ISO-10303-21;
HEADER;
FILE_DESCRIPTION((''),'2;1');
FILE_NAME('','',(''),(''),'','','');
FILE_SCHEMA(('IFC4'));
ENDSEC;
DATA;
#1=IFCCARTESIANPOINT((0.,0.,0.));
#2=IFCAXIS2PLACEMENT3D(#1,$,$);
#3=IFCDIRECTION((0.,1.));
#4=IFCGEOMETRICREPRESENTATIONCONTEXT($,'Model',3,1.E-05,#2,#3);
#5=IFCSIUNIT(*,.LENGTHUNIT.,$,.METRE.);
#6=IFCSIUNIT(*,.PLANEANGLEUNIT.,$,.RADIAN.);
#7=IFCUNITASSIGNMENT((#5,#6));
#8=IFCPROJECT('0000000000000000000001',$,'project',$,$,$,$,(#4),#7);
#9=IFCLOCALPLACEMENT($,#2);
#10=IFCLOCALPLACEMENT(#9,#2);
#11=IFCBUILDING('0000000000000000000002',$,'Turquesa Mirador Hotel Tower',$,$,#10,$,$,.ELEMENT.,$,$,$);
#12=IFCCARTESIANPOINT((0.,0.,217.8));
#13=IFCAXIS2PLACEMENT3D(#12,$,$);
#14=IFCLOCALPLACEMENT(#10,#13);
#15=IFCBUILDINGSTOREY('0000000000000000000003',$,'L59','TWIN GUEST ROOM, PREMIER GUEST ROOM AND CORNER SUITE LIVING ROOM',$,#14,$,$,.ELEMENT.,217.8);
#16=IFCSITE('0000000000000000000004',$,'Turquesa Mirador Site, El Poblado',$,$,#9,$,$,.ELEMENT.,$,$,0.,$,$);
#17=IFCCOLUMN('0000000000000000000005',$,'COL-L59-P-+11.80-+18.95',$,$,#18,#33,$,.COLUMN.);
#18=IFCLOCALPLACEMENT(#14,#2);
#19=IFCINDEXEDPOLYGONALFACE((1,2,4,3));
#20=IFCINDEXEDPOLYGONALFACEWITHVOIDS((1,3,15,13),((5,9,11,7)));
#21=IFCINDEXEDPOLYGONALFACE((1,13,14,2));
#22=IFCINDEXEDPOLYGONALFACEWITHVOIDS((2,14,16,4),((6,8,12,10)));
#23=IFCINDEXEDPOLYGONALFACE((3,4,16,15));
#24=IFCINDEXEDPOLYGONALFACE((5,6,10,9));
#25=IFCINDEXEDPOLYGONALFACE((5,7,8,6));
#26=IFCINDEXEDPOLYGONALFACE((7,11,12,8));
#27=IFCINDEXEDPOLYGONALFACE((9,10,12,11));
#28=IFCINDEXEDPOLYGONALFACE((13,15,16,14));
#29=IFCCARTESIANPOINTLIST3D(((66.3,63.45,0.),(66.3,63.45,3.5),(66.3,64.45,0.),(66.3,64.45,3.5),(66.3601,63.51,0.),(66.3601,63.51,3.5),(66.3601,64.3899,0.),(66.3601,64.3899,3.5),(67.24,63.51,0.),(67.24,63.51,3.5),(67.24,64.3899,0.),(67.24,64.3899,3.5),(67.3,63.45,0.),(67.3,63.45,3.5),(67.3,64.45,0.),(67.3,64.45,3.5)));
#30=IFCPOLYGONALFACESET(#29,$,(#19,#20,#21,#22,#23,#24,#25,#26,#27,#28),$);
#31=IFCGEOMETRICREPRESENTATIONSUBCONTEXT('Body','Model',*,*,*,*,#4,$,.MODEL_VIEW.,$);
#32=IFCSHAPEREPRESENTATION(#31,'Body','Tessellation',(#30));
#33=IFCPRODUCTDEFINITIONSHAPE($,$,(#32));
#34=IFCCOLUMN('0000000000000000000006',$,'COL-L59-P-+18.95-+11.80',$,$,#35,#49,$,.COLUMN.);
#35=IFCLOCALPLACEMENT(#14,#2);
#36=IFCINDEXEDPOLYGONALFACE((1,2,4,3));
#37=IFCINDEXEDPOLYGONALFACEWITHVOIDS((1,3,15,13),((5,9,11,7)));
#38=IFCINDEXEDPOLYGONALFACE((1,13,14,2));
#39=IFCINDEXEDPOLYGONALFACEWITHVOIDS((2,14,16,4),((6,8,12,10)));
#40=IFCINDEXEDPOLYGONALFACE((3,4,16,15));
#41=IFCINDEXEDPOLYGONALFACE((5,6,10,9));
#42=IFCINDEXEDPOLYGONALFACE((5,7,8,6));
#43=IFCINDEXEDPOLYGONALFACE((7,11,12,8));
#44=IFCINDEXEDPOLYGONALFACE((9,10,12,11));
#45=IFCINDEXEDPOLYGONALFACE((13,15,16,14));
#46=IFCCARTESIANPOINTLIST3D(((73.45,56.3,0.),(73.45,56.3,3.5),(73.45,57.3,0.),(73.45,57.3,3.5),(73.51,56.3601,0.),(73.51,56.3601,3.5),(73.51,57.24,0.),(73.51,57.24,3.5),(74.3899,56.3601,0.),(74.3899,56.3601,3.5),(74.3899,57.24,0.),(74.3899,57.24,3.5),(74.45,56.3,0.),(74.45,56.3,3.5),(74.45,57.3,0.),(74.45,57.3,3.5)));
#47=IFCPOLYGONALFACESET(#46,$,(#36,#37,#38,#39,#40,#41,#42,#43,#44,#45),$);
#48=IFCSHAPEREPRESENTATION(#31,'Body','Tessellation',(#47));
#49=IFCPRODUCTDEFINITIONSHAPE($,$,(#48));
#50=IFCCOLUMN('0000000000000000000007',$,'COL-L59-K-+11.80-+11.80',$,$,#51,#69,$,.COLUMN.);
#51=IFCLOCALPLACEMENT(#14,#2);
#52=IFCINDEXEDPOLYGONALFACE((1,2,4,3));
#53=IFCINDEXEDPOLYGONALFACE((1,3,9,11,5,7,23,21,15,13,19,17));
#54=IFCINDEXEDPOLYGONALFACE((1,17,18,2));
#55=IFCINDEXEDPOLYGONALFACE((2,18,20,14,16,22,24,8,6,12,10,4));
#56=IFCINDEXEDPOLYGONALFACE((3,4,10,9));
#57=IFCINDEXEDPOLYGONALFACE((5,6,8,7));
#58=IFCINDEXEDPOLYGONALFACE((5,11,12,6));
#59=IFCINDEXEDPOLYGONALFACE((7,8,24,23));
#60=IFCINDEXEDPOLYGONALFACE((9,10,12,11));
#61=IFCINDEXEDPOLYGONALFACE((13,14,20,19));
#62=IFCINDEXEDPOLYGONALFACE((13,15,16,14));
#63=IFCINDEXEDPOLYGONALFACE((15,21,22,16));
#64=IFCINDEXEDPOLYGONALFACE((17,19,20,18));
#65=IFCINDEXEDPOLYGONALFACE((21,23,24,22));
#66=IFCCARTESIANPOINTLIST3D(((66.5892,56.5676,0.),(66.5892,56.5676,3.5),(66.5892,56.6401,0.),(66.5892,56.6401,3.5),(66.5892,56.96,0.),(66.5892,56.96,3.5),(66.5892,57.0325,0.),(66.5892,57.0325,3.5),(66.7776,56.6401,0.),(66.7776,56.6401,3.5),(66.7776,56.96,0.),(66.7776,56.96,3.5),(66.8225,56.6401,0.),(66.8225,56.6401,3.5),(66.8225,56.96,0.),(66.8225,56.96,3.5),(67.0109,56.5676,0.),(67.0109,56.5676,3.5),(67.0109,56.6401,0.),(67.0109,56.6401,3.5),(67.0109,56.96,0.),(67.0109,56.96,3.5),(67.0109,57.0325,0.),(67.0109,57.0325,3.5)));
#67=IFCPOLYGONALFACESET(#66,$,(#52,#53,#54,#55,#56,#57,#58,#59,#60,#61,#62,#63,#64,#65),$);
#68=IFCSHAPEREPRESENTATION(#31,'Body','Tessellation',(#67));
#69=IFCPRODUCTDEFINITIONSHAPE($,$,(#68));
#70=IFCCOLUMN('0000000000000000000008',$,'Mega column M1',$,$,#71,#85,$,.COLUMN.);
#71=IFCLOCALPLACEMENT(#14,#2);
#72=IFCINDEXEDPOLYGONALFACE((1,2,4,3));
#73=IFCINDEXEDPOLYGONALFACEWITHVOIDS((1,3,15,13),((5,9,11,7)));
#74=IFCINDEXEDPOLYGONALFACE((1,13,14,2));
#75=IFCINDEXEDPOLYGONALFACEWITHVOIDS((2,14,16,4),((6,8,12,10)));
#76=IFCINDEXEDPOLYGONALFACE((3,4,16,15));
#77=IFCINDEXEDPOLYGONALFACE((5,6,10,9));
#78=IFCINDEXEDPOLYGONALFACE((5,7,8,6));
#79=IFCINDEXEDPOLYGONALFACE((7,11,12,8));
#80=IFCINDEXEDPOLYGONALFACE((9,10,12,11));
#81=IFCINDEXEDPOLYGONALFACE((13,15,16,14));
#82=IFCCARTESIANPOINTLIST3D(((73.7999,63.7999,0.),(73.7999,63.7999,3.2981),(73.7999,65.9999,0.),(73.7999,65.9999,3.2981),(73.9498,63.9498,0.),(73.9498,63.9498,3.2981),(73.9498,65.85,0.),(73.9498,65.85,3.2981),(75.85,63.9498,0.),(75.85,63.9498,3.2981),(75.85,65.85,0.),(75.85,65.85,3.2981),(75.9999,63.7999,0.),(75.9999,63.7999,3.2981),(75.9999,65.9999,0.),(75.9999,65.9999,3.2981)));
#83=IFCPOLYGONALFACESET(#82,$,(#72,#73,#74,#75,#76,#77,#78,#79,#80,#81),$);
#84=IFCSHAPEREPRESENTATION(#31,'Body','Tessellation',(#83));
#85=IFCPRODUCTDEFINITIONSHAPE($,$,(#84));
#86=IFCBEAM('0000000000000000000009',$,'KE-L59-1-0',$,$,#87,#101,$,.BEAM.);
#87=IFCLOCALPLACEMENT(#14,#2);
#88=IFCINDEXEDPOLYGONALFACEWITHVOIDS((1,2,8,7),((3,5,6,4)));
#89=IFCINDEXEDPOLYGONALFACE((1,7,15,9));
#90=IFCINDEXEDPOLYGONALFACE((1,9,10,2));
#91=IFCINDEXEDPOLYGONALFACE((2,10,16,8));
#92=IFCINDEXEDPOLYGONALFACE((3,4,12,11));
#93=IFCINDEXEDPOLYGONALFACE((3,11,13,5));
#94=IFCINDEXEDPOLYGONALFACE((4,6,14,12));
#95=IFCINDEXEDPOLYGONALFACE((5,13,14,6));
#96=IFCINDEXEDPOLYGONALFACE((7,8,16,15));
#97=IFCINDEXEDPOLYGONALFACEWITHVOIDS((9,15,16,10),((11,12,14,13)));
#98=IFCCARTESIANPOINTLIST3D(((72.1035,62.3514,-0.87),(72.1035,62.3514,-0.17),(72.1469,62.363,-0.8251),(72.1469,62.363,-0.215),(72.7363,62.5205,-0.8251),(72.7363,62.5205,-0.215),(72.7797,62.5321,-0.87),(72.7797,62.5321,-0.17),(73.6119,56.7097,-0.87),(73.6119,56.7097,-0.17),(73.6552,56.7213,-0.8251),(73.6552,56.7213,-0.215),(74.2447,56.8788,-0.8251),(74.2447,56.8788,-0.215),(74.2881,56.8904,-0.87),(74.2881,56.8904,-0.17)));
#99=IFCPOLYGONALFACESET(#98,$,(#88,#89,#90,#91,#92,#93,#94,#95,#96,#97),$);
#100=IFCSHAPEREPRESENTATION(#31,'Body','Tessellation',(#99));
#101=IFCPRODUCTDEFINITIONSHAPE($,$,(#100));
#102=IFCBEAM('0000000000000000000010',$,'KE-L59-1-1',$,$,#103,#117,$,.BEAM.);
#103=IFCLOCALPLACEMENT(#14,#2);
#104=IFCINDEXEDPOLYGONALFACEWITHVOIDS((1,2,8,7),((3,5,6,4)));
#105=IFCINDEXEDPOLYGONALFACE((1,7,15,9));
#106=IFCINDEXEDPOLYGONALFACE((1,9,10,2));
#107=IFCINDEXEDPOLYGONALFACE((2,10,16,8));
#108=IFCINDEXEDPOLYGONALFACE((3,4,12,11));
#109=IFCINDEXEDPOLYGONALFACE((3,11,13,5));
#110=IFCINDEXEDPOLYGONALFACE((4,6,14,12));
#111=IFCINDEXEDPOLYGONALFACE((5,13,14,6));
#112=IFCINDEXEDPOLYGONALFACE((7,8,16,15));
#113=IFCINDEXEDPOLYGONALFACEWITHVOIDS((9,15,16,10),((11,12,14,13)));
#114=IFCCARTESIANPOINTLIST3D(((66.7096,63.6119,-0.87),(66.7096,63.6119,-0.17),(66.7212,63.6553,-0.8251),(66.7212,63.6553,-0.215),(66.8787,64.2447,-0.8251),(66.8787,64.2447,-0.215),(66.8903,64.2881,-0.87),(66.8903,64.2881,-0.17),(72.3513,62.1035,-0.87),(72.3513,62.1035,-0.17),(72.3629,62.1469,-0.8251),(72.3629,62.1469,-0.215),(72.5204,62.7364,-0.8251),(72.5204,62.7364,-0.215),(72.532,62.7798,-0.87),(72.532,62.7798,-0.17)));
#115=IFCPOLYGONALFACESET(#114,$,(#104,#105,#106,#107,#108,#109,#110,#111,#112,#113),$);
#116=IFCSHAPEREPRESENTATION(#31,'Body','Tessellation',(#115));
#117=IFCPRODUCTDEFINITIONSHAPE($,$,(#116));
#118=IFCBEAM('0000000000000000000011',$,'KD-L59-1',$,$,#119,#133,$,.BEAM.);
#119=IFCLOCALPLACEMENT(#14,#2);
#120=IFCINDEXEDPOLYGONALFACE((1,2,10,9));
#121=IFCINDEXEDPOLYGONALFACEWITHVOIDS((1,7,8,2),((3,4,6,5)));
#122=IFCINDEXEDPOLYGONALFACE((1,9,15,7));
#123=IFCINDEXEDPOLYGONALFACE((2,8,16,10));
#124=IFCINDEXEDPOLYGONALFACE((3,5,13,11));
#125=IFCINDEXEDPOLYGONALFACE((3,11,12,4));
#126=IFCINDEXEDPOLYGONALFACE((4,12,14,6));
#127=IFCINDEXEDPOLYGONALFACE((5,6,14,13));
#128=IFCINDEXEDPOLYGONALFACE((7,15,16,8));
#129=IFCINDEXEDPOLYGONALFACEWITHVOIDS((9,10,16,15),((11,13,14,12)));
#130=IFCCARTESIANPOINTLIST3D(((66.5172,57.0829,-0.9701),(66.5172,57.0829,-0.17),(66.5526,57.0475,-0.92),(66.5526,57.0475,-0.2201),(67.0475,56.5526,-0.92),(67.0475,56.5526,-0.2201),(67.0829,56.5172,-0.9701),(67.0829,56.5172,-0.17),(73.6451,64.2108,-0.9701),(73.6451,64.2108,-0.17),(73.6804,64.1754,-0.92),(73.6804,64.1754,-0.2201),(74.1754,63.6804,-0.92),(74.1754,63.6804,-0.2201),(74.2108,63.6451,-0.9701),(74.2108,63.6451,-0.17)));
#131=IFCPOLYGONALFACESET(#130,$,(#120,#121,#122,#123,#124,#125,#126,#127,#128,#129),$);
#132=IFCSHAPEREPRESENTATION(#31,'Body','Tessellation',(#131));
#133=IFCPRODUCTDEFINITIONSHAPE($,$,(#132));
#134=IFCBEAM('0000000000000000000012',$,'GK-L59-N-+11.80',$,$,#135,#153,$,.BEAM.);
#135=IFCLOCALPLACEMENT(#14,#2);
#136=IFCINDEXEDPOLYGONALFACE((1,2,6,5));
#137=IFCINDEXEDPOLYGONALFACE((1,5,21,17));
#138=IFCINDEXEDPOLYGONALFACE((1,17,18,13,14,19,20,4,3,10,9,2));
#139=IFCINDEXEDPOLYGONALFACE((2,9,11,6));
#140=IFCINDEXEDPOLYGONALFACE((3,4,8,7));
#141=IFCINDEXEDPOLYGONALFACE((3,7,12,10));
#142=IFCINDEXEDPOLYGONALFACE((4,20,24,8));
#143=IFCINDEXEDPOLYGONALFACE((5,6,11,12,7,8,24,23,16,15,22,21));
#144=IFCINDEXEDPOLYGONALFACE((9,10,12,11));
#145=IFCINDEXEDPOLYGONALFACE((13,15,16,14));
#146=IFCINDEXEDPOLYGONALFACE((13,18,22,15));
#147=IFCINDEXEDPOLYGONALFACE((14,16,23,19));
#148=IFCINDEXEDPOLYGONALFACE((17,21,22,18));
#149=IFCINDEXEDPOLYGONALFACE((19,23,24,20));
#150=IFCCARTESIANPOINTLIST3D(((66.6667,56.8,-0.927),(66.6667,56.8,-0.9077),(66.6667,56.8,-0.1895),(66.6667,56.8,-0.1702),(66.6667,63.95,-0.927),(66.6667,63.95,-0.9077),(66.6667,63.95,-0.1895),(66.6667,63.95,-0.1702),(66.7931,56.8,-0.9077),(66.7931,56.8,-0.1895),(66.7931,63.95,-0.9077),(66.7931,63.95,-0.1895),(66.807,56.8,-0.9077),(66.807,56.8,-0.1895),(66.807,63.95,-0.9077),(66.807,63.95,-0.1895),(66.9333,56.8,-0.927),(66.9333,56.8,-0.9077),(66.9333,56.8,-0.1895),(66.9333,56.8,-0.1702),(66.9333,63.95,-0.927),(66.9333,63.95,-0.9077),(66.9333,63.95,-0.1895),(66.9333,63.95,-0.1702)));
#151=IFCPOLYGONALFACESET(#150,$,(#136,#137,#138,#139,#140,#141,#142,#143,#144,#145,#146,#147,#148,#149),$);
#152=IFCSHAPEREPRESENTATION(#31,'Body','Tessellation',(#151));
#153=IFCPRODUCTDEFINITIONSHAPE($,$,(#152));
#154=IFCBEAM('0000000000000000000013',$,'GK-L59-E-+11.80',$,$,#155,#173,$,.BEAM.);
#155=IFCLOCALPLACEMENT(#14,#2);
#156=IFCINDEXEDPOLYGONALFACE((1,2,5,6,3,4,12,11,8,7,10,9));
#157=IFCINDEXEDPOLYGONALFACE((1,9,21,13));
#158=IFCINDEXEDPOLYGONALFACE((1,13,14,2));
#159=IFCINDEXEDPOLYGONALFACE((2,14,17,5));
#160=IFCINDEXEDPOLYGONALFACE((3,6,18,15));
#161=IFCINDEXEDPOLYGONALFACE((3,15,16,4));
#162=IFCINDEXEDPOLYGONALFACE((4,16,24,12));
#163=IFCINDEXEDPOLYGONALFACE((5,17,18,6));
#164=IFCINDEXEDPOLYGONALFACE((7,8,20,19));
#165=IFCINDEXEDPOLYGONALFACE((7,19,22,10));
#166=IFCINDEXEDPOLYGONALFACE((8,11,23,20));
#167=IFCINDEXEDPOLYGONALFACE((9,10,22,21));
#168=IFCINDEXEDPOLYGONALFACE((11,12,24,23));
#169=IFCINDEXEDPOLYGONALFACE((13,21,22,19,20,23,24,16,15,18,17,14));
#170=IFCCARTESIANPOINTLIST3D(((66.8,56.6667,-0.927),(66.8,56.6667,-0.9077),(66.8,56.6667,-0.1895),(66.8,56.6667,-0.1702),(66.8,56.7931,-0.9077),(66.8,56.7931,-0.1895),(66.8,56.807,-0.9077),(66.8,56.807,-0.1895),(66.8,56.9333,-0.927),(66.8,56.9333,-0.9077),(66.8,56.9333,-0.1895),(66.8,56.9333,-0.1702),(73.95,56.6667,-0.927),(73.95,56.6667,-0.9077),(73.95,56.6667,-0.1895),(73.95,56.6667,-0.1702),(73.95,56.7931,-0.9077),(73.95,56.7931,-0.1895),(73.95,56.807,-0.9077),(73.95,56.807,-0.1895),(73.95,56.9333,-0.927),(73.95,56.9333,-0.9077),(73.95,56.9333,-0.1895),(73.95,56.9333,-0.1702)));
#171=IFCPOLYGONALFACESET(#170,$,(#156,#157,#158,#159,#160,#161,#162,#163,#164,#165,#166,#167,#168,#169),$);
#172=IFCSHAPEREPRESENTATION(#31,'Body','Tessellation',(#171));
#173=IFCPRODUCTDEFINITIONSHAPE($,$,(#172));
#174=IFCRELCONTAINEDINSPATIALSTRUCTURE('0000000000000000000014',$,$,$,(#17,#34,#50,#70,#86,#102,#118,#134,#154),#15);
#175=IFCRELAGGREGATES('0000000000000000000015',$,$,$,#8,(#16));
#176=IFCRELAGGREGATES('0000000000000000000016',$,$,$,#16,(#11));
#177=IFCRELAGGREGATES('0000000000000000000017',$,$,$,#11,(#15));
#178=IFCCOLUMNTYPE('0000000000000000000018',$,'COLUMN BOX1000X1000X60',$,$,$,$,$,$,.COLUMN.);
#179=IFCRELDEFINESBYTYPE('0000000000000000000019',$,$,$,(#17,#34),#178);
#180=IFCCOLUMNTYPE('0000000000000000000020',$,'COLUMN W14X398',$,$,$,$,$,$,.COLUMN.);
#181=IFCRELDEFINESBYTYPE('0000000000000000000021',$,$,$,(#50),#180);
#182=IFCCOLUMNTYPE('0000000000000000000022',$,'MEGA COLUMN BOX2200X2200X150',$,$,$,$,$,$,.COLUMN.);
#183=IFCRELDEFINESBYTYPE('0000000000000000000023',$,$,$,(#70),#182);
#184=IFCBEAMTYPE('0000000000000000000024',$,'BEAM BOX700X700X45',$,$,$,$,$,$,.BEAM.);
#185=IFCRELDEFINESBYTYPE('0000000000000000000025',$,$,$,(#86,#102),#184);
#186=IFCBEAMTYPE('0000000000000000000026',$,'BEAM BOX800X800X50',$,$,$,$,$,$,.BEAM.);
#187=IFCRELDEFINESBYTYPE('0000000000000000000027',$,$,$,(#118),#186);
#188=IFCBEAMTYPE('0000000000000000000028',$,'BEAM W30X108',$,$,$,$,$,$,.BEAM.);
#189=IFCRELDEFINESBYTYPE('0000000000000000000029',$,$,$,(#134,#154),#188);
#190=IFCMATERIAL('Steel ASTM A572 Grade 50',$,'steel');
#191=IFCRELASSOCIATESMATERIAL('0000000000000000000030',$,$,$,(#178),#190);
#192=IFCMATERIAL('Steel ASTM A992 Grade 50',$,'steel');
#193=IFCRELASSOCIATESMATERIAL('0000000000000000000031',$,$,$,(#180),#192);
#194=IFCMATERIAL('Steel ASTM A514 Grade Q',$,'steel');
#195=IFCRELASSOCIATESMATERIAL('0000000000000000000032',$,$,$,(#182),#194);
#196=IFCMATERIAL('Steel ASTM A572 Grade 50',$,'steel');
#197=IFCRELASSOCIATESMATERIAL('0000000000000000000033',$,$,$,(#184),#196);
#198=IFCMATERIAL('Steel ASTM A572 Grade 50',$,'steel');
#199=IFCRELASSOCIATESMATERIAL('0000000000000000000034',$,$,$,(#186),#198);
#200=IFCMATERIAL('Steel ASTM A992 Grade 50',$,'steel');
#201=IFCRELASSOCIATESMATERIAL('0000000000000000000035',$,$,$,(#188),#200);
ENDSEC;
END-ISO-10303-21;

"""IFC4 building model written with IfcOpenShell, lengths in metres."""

from ifc_helpers import new_model, si_unit, direction, frame, origin, origin_2d, place, context, subcontext, project, spatial, hollow_rectangle, i_section, extrude, clip, halfspace, material, material_profile, profile_set, type_object, element, save


model = new_model("IFC4")

# Units and contexts
model_context = context("Model", 3, precision=1e-05, world=origin(), true_north=direction((0.0, 1.0)))
body_context = subcontext(model_context, "Body", "Model", "MODEL_VIEW")
ifc_project = project(units=[si_unit("LENGTHUNIT", "METRE"), si_unit("PLANEANGLEUNIT", "RADIAN")], contexts=[model_context])

# Site, building, storey
site_placement = place(None, origin())
site = spatial("IfcSite", under=ifc_project, at=site_placement, Name="Turquesa Mirador Site, El Poblado", CompositionType="ELEMENT", RefElevation=0.0)
building_placement = place(site_placement, origin())
building = spatial("IfcBuilding", under=site, at=building_placement, Name="Turquesa Mirador Hotel Tower", CompositionType="ELEMENT")
storey_placement = place(building_placement, frame((0.0, 0.0, 217.8)))
storey = spatial("IfcBuildingStorey", under=building, at=storey_placement, Name="L59", Description="TWIN GUEST ROOM, PREMIER GUEST ROOM AND CORNER SUITE LIVING ROOM", CompositionType="ELEMENT", Elevation=217.8)

# Columns
ifc_material_1 = material(Name="Steel ASTM A572 Grade 50", Category="steel")
ifc_material_profile_1 = material_profile(ifc_material_1, hollow_rectangle(XDim=1.0, YDim=1.0, WallThickness=0.0601, at=origin_2d()), Name="BOX1000X1000X60")
ifc_profile_set_1 = profile_set([ifc_material_profile_1], Name="Steel ASTM A572 Grade 50")
column_type_1 = type_object("IfcColumnType", Name="COLUMN BOX1000X1000X60", PredefinedType="COLUMN", material=ifc_profile_set_1)
for number, where, z_axis, x_axis, name in (
    (1, (66.8, 63.95, 0.0), (0.0, 0.0, 1.0), (1.0, 0.0, 0.0), "COL-L59-P-+11.80-+18.95"),
    (2, (73.95, 56.8, 0.0), (0.0, 0.0, 1.0), (1.0, 0.0, 0.0), "COL-L59-P-+18.95-+11.80"),
):
    element("IfcColumn", number, at=place(storey_placement, frame(where, z_axis=z_axis, x_axis=x_axis)), inside=storey, type_object=column_type_1, Name=name, PredefinedType="COLUMN", context=body_context, shape_type="SweptSolid", body=[
        extrude(hollow_rectangle(XDim=1.0, YDim=1.0, WallThickness=0.0601, at=origin_2d()), origin(), (0.0, 0.0, 1.0), 3.5),
    ])
ifc_material_2 = material(Name="Steel ASTM A992 Grade 50", Category="steel")
ifc_material_profile_2 = material_profile(ifc_material_2, i_section(OverallWidth=0.4216, OverallDepth=0.4648, WebThickness=0.0449, FlangeThickness=0.0725, at=origin_2d()), Name="W14X398")
ifc_profile_set_2 = profile_set([ifc_material_profile_2], Name="Steel ASTM A992 Grade 50")
column_type_2 = type_object("IfcColumnType", Name="COLUMN W14X398", PredefinedType="COLUMN", material=ifc_profile_set_2)
column_1_placement = place(storey_placement, frame((66.8, 56.8, 0.0), z_axis=(0.0, 0.0, 1.0), x_axis=(1.0, 0.0, 0.0)))
element("IfcColumn", 3, at=column_1_placement, inside=storey, type_object=column_type_2, Name="COL-L59-K-+11.80-+11.80", PredefinedType="COLUMN", context=body_context, shape_type="SweptSolid", body=[
    extrude(i_section(OverallWidth=0.4216, OverallDepth=0.4648, WebThickness=0.0449, FlangeThickness=0.0725, at=origin_2d()), origin(), (0.0, 0.0, 1.0), 3.5),
])
ifc_material_3 = material(Name="Steel ASTM A514 Grade Q", Category="steel")
ifc_material_profile_3 = material_profile(ifc_material_3, hollow_rectangle(XDim=2.2, YDim=2.2, WallThickness=0.1499, at=origin_2d()), Name="BOX2200X2200X150")
ifc_profile_set_3 = profile_set([ifc_material_profile_3], Name="Steel ASTM A514 Grade Q")
column_type_3 = type_object("IfcColumnType", Name="MEGA COLUMN BOX2200X2200X150", PredefinedType="COLUMN", material=ifc_profile_set_3)
column_2_placement = place(storey_placement, frame((74.8999, 64.8999, 0.0), z_axis=(0.0, 0.0, 1.0), x_axis=(1.0, 0.0, 0.0)))
element("IfcColumn", 4, at=column_2_placement, inside=storey, type_object=column_type_3, Name="Mega column M1", PredefinedType="COLUMN", context=body_context, shape_type="Clipping", body=[
    clip(extrude(hollow_rectangle(XDim=2.2, YDim=2.2, WallThickness=0.1499, at=origin_2d()), origin(), (0.0, 0.0, 1.0), 3.5), halfspace(frame((0.0, 0.0, 3.2981), z_axis=(0.0, 0.0, 1.0), x_axis=(1.0, 0.0, 0.0)), False)),
])

# Beams
ifc_material_4 = material(Name="Steel ASTM A572 Grade 50", Category="steel")
ifc_material_profile_4 = material_profile(ifc_material_4, hollow_rectangle(XDim=0.7, YDim=0.7, WallThickness=0.0449, at=origin_2d()), Name="BOX700X700X45")
ifc_profile_set_4 = profile_set([ifc_material_profile_4], Name="Steel ASTM A572 Grade 50")
beam_type_1 = type_object("IfcBeamType", Name="BEAM BOX700X700X45", PredefinedType="BEAM", material=ifc_profile_set_4)
for number, where, z_axis, x_axis, name in (
    (5, (73.95, 56.8, -0.52), (-0.258282, 0.96607, 0.0), (-0.96607, -0.258282, 0.0), "KE-L59-1-0"),
    (6, (72.4417, 62.4417, -0.52), (-0.96607, 0.258282, 0.0), (-0.258282, -0.96607, 0.0), "KE-L59-1-1"),
):
    element("IfcBeam", number, at=place(storey_placement, frame(where, z_axis=z_axis, x_axis=x_axis)), inside=storey, type_object=beam_type_1, Name=name, PredefinedType="BEAM", context=body_context, shape_type="SweptSolid", body=[
        extrude(hollow_rectangle(XDim=0.7, YDim=0.7, WallThickness=0.0449, at=origin_2d()), origin(), (0.0, 0.0, 1.0), 5.8398),
    ])
ifc_material_5 = material(Name="Steel ASTM A572 Grade 50", Category="steel")
ifc_material_profile_5 = material_profile(ifc_material_5, hollow_rectangle(XDim=0.8, YDim=0.8, WallThickness=0.05, at=origin_2d()), Name="BOX800X800X50")
ifc_profile_set_5 = profile_set([ifc_material_profile_5], Name="Steel ASTM A572 Grade 50")
beam_type_2 = type_object("IfcBeamType", Name="BEAM BOX800X800X50", PredefinedType="BEAM", material=ifc_profile_set_5)
beam_placement = place(storey_placement, frame((66.8, 56.8, -0.5701), z_axis=(0.707107, 0.707107, 0.0), x_axis=(-0.707107, 0.707107, 0.0)))
element("IfcBeam", 7, at=beam_placement, inside=storey, type_object=beam_type_2, Name="KD-L59-1", PredefinedType="BEAM", context=body_context, shape_type="SweptSolid", body=[
    extrude(hollow_rectangle(XDim=0.8, YDim=0.8, WallThickness=0.05, at=origin_2d()), origin(), (0.0, 0.0, 1.0), 10.0803),
])
ifc_material_6 = material(Name="Steel ASTM A992 Grade 50", Category="steel")
ifc_material_profile_6 = material_profile(ifc_material_6, i_section(OverallWidth=0.2666, OverallDepth=0.7568, WebThickness=0.0139, FlangeThickness=0.0193, at=origin_2d()), Name="W30X108")
ifc_profile_set_6 = profile_set([ifc_material_profile_6], Name="Steel ASTM A992 Grade 50")
beam_type_3 = type_object("IfcBeamType", Name="BEAM W30X108", PredefinedType="BEAM", material=ifc_profile_set_6)
for number, where, z_axis, x_axis, name in (
    (8, (66.8, 63.95, -0.5486), (0.0, -1.0, 0.0), (1.0, 0.0, 0.0), "GK-L59-N-+11.80"),
    (9, (73.95, 56.8, -0.5486), (-1.0, 0.0, 0.0), (0.0, -1.0, 0.0), "GK-L59-E-+11.80"),
):
    element("IfcBeam", number, at=place(storey_placement, frame(where, z_axis=z_axis, x_axis=x_axis)), inside=storey, type_object=beam_type_3, Name=name, PredefinedType="BEAM", context=body_context, shape_type="SweptSolid", body=[
        extrude(i_section(OverallWidth=0.2666, OverallDepth=0.7568, WebThickness=0.0139, FlangeThickness=0.0193, at=origin_2d()), origin(), (0.0, 0.0, 1.0), 7.1499),
    ])

save(model, "model.ifc")
